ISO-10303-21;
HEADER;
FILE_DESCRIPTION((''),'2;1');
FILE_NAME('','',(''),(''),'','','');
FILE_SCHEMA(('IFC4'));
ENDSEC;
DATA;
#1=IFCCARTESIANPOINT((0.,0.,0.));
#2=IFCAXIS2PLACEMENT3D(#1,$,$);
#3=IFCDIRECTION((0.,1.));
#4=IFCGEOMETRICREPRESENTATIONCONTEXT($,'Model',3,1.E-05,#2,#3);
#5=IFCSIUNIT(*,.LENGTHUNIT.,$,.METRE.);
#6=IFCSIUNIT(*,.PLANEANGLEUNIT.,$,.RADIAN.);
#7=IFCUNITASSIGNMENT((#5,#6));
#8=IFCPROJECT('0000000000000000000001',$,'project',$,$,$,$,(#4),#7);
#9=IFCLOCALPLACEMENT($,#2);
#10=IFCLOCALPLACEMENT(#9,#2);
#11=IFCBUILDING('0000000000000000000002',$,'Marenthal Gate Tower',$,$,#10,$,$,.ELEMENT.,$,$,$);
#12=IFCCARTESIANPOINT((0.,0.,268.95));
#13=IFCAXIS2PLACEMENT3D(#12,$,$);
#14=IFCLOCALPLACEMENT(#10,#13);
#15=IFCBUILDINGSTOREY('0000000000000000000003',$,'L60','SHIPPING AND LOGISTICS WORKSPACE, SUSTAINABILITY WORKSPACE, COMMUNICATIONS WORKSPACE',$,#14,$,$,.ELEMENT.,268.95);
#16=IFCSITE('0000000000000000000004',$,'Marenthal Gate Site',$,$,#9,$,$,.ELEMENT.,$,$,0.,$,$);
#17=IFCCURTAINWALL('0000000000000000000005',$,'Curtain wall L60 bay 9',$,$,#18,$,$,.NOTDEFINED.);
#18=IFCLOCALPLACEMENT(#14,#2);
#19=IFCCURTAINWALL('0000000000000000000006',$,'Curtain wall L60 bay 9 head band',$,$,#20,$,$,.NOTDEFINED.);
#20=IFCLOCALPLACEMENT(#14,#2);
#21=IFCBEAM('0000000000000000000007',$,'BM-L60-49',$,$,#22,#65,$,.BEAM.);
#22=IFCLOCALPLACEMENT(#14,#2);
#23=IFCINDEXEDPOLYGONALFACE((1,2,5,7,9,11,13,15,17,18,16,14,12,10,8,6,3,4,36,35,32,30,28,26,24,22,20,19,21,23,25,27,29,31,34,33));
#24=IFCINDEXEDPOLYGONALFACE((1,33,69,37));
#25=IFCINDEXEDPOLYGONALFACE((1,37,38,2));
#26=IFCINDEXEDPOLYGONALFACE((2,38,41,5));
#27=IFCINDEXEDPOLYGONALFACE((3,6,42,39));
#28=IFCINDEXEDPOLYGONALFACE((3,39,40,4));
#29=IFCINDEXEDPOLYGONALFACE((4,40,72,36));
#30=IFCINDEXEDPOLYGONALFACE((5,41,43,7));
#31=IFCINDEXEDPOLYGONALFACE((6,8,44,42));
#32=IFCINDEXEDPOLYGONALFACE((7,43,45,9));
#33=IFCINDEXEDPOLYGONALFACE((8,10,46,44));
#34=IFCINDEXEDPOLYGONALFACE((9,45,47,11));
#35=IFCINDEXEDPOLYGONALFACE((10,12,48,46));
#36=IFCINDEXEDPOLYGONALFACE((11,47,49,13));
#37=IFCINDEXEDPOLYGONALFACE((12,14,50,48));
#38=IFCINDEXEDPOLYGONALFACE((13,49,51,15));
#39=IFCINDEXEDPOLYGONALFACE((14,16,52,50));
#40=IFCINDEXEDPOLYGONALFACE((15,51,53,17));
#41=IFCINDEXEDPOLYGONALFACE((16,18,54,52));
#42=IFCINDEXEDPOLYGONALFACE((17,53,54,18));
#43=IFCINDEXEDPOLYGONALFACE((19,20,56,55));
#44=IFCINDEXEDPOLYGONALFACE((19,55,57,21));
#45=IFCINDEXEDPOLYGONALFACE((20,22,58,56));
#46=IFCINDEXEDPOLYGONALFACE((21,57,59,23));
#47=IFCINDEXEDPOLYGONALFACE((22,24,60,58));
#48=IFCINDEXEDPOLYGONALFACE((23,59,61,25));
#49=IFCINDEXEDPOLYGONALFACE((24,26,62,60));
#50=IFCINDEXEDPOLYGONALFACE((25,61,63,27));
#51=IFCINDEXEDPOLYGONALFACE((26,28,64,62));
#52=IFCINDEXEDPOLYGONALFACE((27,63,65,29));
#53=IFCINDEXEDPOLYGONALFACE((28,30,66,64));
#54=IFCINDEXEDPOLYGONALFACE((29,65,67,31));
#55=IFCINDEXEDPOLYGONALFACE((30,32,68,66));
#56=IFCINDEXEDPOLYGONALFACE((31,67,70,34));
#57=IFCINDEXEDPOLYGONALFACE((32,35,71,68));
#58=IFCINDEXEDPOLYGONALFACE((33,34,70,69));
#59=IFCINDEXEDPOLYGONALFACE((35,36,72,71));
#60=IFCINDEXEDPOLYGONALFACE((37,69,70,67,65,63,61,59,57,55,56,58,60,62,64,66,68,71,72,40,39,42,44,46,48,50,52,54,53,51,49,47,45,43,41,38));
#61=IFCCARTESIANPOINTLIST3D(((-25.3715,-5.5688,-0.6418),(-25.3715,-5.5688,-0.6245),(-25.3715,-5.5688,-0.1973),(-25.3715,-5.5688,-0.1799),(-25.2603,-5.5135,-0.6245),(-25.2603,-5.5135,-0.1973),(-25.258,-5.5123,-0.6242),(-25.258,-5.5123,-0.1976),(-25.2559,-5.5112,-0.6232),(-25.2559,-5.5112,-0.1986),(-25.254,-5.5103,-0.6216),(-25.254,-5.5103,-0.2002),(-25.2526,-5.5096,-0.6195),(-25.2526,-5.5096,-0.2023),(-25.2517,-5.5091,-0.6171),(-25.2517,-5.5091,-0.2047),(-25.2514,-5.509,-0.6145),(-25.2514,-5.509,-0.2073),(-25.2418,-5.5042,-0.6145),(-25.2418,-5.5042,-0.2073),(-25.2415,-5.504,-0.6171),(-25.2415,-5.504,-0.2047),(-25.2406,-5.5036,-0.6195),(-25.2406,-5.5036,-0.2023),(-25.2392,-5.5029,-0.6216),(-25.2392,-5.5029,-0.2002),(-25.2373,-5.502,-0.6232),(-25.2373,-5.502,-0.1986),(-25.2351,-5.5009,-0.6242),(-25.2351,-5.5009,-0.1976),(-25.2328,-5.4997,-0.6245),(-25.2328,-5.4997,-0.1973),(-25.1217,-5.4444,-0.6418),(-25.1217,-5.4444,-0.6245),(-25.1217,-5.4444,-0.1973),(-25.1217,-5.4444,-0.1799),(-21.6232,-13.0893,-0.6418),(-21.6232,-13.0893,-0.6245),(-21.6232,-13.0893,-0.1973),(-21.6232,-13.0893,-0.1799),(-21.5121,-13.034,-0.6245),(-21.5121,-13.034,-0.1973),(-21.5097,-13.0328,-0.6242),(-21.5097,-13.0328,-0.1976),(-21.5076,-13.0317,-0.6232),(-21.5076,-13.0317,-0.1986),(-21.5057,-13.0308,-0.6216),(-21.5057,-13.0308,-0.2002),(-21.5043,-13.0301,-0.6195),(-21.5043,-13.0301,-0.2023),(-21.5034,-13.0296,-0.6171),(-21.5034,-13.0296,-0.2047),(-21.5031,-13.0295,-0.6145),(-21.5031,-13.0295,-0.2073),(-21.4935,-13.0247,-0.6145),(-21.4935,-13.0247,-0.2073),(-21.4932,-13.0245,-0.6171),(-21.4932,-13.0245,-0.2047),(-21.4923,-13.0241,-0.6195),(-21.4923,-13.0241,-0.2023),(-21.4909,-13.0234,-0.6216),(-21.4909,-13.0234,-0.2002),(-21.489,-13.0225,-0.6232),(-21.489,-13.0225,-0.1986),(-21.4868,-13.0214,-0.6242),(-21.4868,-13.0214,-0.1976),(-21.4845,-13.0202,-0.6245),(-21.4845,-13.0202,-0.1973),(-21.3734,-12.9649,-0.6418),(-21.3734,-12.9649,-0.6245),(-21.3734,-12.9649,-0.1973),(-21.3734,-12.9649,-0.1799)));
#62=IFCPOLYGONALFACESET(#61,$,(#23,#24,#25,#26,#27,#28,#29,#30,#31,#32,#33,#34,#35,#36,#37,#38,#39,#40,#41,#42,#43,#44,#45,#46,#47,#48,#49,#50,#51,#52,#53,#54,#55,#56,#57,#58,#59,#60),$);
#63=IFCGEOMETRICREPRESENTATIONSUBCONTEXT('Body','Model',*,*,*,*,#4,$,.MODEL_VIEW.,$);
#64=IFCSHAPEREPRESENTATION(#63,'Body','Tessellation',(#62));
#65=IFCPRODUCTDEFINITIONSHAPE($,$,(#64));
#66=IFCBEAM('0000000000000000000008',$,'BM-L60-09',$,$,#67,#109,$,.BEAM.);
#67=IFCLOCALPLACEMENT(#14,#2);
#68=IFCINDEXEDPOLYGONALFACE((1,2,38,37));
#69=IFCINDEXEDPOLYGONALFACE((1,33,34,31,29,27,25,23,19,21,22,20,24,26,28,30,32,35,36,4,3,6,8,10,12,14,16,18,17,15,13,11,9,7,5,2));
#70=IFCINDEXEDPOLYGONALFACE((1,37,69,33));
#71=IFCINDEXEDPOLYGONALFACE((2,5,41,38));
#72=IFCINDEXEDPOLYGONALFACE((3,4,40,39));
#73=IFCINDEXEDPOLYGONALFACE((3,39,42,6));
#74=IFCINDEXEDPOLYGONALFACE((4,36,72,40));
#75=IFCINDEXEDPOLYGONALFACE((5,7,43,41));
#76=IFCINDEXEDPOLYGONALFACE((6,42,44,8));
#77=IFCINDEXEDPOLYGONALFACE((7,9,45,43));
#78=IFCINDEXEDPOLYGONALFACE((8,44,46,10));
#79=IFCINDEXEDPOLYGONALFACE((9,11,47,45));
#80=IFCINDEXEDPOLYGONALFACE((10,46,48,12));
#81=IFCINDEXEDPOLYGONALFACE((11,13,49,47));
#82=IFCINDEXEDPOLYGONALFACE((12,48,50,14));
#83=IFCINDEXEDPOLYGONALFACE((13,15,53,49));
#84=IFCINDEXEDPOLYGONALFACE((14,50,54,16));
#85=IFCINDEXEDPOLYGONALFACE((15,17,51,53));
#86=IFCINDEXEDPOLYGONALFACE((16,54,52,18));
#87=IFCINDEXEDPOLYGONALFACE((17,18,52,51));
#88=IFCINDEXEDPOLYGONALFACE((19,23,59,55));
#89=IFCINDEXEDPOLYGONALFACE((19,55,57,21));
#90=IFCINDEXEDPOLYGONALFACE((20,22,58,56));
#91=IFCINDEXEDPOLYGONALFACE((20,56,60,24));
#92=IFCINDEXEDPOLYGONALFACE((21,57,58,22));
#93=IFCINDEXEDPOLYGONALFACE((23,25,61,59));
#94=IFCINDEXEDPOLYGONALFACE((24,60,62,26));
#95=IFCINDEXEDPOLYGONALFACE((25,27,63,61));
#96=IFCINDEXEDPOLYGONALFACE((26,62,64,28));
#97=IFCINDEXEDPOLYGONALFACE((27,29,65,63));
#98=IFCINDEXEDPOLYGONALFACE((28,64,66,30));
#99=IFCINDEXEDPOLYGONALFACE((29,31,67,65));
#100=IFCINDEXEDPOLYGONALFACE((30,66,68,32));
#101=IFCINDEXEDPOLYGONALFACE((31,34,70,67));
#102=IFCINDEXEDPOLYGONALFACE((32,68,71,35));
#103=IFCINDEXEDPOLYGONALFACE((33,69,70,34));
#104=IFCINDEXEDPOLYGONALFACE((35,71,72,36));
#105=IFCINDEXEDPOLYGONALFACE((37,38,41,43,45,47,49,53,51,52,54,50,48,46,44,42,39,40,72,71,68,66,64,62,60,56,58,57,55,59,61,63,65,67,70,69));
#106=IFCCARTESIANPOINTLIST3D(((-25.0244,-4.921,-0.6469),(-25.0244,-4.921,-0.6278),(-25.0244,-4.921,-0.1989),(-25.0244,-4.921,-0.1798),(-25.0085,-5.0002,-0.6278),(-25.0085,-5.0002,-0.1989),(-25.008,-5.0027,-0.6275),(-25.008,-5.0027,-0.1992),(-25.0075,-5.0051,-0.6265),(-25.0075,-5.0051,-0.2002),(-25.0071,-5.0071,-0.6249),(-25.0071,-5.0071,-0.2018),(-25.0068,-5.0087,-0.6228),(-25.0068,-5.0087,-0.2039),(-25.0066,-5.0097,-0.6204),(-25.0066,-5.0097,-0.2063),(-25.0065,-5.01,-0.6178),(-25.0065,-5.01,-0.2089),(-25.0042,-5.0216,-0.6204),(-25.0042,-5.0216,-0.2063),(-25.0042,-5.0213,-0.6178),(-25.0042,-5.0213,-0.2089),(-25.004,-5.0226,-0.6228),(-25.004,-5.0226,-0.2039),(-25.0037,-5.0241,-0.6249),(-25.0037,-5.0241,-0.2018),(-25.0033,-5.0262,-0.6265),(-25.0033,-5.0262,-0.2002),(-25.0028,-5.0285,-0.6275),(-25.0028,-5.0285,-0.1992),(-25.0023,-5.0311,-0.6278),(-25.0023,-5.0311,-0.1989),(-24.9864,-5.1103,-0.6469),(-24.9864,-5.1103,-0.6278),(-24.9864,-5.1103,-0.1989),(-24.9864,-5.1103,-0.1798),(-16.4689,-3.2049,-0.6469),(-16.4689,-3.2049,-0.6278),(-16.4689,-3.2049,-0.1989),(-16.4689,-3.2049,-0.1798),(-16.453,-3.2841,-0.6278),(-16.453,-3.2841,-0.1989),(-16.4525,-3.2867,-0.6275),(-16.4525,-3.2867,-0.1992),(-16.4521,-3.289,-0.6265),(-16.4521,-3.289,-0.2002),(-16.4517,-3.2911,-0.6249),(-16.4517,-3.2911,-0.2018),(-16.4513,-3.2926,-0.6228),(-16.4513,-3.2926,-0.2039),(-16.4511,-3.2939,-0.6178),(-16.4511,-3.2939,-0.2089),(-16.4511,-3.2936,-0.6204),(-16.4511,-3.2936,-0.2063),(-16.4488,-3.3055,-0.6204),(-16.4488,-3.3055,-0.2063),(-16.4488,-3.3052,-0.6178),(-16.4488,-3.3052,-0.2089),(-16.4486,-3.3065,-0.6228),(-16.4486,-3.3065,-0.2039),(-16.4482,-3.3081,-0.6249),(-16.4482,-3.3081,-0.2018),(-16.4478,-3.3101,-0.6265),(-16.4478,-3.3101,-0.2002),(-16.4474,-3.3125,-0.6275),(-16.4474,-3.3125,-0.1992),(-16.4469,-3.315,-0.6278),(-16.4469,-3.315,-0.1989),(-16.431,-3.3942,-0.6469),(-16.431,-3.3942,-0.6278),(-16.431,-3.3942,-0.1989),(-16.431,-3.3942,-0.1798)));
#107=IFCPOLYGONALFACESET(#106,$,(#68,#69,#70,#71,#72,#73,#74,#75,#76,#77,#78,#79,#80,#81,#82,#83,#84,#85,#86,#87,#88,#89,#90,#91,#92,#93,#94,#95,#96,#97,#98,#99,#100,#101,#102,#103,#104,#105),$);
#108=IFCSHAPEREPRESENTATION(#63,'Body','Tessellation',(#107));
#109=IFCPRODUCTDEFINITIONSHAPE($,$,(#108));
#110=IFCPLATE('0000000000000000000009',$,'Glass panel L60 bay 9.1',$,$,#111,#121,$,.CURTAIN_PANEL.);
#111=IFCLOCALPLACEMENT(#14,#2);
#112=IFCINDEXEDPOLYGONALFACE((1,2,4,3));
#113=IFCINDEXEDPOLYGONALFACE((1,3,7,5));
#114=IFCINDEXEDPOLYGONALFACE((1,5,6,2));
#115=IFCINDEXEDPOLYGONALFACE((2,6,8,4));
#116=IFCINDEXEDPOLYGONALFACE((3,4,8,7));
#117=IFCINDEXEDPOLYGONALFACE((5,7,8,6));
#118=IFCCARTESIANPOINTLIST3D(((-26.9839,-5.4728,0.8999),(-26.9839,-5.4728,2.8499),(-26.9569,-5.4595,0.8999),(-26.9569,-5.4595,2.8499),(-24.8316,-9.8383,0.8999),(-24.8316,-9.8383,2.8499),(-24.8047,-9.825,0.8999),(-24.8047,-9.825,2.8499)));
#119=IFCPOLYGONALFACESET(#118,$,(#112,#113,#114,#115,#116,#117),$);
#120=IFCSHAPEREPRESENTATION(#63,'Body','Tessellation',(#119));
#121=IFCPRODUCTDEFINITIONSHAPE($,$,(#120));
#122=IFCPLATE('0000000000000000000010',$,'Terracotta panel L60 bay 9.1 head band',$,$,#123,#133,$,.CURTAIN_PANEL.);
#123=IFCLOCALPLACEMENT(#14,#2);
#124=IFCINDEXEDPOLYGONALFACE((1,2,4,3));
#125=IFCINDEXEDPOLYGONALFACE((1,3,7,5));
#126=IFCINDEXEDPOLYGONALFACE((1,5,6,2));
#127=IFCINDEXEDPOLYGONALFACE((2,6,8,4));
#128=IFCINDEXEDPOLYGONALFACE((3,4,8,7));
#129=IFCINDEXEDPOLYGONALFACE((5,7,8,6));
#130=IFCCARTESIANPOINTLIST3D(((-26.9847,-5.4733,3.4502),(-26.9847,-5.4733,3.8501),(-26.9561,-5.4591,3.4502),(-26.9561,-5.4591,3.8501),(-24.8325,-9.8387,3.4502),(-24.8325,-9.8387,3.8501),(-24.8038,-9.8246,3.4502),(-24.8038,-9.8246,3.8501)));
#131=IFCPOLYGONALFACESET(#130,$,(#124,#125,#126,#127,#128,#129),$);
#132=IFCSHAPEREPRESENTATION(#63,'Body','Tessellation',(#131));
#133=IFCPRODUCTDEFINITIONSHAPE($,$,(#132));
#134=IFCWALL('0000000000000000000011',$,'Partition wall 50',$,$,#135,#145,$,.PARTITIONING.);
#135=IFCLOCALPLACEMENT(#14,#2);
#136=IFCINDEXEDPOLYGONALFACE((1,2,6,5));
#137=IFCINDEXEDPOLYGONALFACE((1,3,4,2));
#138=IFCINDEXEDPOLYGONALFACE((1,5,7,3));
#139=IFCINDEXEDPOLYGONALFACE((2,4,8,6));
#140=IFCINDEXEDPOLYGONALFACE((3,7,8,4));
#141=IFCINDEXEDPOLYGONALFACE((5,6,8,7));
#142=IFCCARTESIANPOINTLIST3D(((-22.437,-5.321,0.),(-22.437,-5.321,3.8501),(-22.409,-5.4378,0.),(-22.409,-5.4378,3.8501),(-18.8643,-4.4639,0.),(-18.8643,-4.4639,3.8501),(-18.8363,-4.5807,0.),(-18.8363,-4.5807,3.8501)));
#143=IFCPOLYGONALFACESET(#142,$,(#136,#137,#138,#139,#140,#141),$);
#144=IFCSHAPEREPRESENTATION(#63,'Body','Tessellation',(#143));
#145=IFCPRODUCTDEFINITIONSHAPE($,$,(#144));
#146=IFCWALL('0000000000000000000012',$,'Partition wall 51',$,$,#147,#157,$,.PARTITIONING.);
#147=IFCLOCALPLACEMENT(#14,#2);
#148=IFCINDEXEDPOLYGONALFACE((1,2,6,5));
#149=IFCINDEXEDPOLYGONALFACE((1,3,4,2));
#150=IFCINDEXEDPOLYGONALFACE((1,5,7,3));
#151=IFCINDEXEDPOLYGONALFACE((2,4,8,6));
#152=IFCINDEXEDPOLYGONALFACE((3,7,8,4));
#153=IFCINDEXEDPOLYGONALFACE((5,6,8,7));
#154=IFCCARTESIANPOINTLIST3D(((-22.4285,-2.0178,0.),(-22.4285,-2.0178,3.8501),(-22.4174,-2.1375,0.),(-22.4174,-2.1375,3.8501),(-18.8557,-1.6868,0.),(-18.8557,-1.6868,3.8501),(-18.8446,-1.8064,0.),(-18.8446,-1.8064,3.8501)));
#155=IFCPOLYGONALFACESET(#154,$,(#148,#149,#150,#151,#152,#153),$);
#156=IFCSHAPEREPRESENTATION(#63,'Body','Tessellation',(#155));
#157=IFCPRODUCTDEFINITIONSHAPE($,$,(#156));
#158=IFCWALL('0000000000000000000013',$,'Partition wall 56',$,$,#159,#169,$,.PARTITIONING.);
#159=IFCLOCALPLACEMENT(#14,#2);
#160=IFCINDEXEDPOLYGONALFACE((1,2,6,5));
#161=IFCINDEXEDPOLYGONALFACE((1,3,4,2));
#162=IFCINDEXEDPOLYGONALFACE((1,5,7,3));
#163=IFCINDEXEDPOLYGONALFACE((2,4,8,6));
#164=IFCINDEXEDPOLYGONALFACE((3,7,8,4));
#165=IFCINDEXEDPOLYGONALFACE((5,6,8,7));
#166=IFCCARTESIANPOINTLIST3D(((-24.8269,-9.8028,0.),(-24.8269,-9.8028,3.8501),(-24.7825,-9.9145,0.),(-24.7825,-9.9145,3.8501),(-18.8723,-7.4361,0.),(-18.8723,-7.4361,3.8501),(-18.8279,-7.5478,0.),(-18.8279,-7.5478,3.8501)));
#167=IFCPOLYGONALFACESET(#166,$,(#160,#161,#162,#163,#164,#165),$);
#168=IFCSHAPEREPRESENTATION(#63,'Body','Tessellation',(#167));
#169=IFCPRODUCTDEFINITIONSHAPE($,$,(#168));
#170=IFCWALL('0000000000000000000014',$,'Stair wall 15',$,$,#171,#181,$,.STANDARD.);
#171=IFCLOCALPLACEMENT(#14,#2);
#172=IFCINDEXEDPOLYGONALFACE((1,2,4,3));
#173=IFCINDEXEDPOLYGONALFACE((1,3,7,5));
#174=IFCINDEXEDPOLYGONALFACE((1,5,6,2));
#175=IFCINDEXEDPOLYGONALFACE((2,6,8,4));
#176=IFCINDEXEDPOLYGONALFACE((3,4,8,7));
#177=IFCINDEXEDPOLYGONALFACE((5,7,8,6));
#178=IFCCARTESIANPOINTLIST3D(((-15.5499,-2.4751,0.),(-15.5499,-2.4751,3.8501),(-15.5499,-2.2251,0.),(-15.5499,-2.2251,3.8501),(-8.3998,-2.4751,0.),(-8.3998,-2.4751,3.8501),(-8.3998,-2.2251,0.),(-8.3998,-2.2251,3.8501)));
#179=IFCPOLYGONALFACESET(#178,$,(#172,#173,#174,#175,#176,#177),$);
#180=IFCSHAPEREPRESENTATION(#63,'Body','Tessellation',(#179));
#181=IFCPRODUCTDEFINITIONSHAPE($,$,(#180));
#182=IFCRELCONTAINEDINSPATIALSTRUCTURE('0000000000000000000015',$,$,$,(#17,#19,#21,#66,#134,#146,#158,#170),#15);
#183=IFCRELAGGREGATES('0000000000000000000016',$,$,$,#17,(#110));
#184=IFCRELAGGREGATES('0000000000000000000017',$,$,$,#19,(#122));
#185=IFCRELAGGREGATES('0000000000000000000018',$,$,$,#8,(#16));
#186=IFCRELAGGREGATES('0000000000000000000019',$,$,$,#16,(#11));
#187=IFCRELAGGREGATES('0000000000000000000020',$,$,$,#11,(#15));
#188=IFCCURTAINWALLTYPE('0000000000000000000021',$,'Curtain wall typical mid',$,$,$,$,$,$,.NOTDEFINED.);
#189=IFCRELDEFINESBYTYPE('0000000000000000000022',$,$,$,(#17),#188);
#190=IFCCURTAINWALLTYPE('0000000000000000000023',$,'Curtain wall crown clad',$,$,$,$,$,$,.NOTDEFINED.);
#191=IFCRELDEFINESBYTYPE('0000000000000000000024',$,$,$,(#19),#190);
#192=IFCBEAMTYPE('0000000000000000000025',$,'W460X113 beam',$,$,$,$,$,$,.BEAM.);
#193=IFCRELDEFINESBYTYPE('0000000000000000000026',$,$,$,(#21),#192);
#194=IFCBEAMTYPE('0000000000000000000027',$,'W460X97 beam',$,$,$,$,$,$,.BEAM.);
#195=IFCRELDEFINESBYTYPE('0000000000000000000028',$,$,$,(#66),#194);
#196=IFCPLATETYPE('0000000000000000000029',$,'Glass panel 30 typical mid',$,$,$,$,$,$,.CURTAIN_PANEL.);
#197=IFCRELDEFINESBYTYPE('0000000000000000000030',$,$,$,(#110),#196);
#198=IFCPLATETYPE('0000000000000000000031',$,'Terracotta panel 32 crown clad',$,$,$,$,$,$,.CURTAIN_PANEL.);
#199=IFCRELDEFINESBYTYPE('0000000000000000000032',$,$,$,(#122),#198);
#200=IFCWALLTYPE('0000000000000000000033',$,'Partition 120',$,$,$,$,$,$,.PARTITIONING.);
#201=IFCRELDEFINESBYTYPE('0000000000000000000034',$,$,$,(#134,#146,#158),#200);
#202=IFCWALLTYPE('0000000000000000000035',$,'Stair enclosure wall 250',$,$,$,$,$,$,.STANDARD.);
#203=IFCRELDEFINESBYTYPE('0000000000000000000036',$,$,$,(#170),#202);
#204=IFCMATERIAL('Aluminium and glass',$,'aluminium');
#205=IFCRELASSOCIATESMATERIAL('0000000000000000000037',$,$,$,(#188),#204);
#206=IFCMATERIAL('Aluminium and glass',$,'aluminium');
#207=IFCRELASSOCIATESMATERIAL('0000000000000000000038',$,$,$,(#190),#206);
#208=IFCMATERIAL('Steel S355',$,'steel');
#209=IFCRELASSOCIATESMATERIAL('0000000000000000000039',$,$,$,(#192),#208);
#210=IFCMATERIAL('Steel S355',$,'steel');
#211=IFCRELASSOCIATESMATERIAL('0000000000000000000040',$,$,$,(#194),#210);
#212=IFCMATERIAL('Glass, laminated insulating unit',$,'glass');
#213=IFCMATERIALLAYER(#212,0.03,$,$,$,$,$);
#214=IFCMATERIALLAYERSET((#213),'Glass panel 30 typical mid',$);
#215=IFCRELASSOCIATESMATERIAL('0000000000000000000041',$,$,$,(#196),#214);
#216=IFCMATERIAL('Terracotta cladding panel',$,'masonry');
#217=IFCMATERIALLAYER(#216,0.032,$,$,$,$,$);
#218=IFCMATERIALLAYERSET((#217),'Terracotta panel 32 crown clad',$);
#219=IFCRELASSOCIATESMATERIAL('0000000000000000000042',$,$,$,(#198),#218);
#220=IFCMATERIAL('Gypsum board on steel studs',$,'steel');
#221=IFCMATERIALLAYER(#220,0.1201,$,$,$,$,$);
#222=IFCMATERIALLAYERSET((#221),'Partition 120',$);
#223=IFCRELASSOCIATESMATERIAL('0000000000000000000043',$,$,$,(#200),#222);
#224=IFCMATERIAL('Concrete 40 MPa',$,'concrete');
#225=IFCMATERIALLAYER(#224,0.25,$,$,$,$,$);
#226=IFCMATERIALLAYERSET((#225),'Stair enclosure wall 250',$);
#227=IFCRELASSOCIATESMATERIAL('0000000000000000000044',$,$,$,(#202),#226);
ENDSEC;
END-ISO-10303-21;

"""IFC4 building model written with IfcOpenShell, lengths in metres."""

from ifc_helpers import new_model, si_unit, direction, frame, frame_2d, origin, origin_2d, place, context, subcontext, project, spatial, rectangle, i_section, extrude, material, layer, layer_set, material_profile, profile_set, type_object, element, aggregate, save


model = new_model("IFC4")

# Units and contexts
model_context = context("Model", 3, precision=1e-05, world=origin(), true_north=direction((0.0, 1.0)))
body_context = subcontext(model_context, "Body", "Model", "MODEL_VIEW")
ifc_project = project(units=[si_unit("LENGTHUNIT", "METRE"), si_unit("PLANEANGLEUNIT", "RADIAN")], contexts=[model_context])

# Site, building, storey
site_placement = place(None, origin())
site = spatial("IfcSite", under=ifc_project, at=site_placement, Name="Marenthal Gate Site", CompositionType="ELEMENT", RefElevation=0.0)
building_placement = place(site_placement, origin())
building = spatial("IfcBuilding", under=site, at=building_placement, Name="Marenthal Gate Tower", CompositionType="ELEMENT")
storey_placement = place(building_placement, frame((0.0, 0.0, 268.95)))
storey = spatial("IfcBuildingStorey", under=building, at=storey_placement, Name="L60", Description="SHIPPING AND LOGISTICS WORKSPACE, SUSTAINABILITY WORKSPACE, COMMUNICATIONS WORKSPACE", CompositionType="ELEMENT", Elevation=268.95)

# Curtain wall
ifc_material_1 = material(Name="Aluminium and glass", Category="aluminium")
curtain_wall_type_1 = type_object("IfcCurtainWallType", Name="Curtain wall typical mid", PredefinedType="NOTDEFINED", material=ifc_material_1)
curtain_wall_1_placement = place(storey_placement, origin())
curtain_wall_1 = element("IfcCurtainWall", 1, at=curtain_wall_1_placement, inside=storey, type_object=curtain_wall_type_1, Name="Curtain wall L60 bay 9", PredefinedType="NOTDEFINED")

# Curtain wall
ifc_material_2 = material(Name="Aluminium and glass", Category="aluminium")
curtain_wall_type_2 = type_object("IfcCurtainWallType", Name="Curtain wall crown clad", PredefinedType="NOTDEFINED", material=ifc_material_2)
curtain_wall_2_placement = place(storey_placement, origin())
curtain_wall_2 = element("IfcCurtainWall", 2, at=curtain_wall_2_placement, inside=storey, type_object=curtain_wall_type_2, Name="Curtain wall L60 bay 9 head band", PredefinedType="NOTDEFINED")

# Beams
ifc_material_3 = material(Name="Steel S355", Category="steel")
ifc_material_profile_1 = material_profile(ifc_material_3, i_section(OverallWidth=0.2791, OverallDepth=0.4619, WebThickness=0.0107, FlangeThickness=0.0173, FilletRadius=0.01, at=origin_2d()), Name="W460X113")
ifc_profile_set_1 = profile_set([ifc_material_profile_1], Name="Steel S355")
beam_type_1 = type_object("IfcBeamType", Name="W460X113 beam", PredefinedType="BEAM", material=ifc_profile_set_1)
beam_1_placement = place(storey_placement, frame((-25.2466, -5.5066, -0.4109), z_axis=(0.446074, -0.894996, 0.0), x_axis=(0.894996, 0.446074, 0.0)))
element("IfcBeam", 3, at=beam_1_placement, inside=storey, type_object=beam_type_1, Name="BM-L60-49", PredefinedType="BEAM", context=body_context, shape_type="SweptSolid", body=[
    extrude(i_section(OverallWidth=0.2791, OverallDepth=0.4619, WebThickness=0.0107, FlangeThickness=0.0173, FilletRadius=0.01, at=origin_2d()), origin(), (0.0, 0.0, 1.0), 8.4028),
])
ifc_material_4 = material(Name="Steel S355", Category="steel")
ifc_material_profile_2 = material_profile(ifc_material_4, i_section(OverallWidth=0.1931, OverallDepth=0.467, WebThickness=0.0115, FlangeThickness=0.019, FilletRadius=0.01, at=origin_2d()), Name="W460X97")
ifc_profile_set_2 = profile_set([ifc_material_profile_2], Name="Steel S355")
beam_type_2 = type_object("IfcBeamType", Name="W460X97 beam", PredefinedType="BEAM", material=ifc_profile_set_2)
beam_2_placement = place(storey_placement, frame((-25.0054, -5.0156, -0.4133), z_axis=(0.980471, 0.196665, 0.0), x_axis=(-0.196665, 0.980471, 0.0)))
element("IfcBeam", 4, at=beam_2_placement, inside=storey, type_object=beam_type_2, Name="BM-L60-09", PredefinedType="BEAM", context=body_context, shape_type="SweptSolid", body=[
    extrude(i_section(OverallWidth=0.1931, OverallDepth=0.467, WebThickness=0.0115, FlangeThickness=0.019, FilletRadius=0.01, at=origin_2d()), origin(), (0.0, 0.0, 1.0), 8.7258),
])

# Plates
ifc_material_5 = material(Name="Glass, laminated insulating unit", Category="glass")
ifc_layer_1 = layer(ifc_material_5, 0.03)
ifc_layer_set_1 = layer_set([ifc_layer_1], Name="Glass panel 30 typical mid")
plate_type_1 = type_object("IfcPlateType", Name="Glass panel 30 typical mid", PredefinedType="CURTAIN_PANEL", material=ifc_layer_set_1)
plate_1_placement = place(storey_placement, frame((-25.8943, -7.6489, 0.8999), z_axis=(0.0, 0.0, 1.0), x_axis=(0.442192, -0.896921, 0.0)))
plate_1 = element("IfcPlate", 5, at=plate_1_placement, type_object=plate_type_1, Name="Glass panel L60 bay 9.1", PredefinedType="CURTAIN_PANEL", context=body_context, shape_type="SweptSolid", body=[
    extrude(rectangle(XDim=4.8672, YDim=0.03, at=origin_2d()), origin(), (0.0, 0.0, 1.0), 1.95),
])
aggregate(curtain_wall_1, [plate_1])
ifc_material_6 = material(Name="Terracotta cladding panel", Category="masonry")
ifc_layer_2 = layer(ifc_material_6, 0.032)
ifc_layer_set_2 = layer_set([ifc_layer_2], Name="Terracotta panel 32 crown clad")
plate_type_2 = type_object("IfcPlateType", Name="Terracotta panel 32 crown clad", PredefinedType="CURTAIN_PANEL", material=ifc_layer_set_2)
plate_2_placement = place(storey_placement, frame((-25.8943, -7.6489, 3.4502), z_axis=(0.0, 0.0, 1.0), x_axis=(0.442192, -0.896921, 0.0)))
plate_2 = element("IfcPlate", 6, at=plate_2_placement, type_object=plate_type_2, Name="Terracotta panel L60 bay 9.1 head band", PredefinedType="CURTAIN_PANEL", context=body_context, shape_type="SweptSolid", body=[
    extrude(rectangle(XDim=4.8672, YDim=0.032, at=origin_2d()), origin(), (0.0, 0.0, 1.0), 0.3999),
])
aggregate(curtain_wall_2, [plate_2])

# Walls
ifc_material_7 = material(Name="Gypsum board on steel studs", Category="steel")
ifc_layer_3 = layer(ifc_material_7, 0.1201)
ifc_layer_set_3 = layer_set([ifc_layer_3], Name="Partition 120")
wall_type_1 = type_object("IfcWallType", Name="Partition 120", PredefinedType="PARTITIONING", material=ifc_layer_set_3)
wall_1_placement = place(storey_placement, frame((-22.4229, -5.3794, 0.0), z_axis=(0.0, 0.0, 1.0), x_axis=(0.972405, 0.2333, 0.0)))
element("IfcWall", 7, at=wall_1_placement, inside=storey, type_object=wall_type_1, Name="Partition wall 50", PredefinedType="PARTITIONING", context=body_context, shape_type="SweptSolid", body=[
    extrude(rectangle(XDim=3.6741, YDim=0.1201, at=frame_2d((1.8369, 0.0))), origin(), (0.0, 0.0, 1.0), 3.8501),
])
wall_2_placement = place(storey_placement, frame((-22.4229, -2.0776, 0.0), z_axis=(0.0, 0.0, 1.0), x_axis=(0.995734, 0.092266, 0.0)))
element("IfcWall", 8, at=wall_2_placement, inside=storey, type_object=wall_type_1, Name="Partition wall 51", PredefinedType="PARTITIONING", context=body_context, shape_type="SweptSolid", body=[
    extrude(rectangle(XDim=3.5881, YDim=0.1201, at=frame_2d((1.7939, 0.0))), origin(), (0.0, 0.0, 1.0), 3.8501),
])
wall_3_placement = place(storey_placement, frame((-18.8501, -7.4919, 0.0), z_axis=(0.0, 0.0, 1.0), x_axis=(-0.929289, -0.369353, 0.0)))
element("IfcWall", 9, at=wall_3_placement, inside=storey, type_object=wall_type_1, Name="Partition wall 56", PredefinedType="PARTITIONING", context=body_context, shape_type="SweptSolid", body=[
    extrude(rectangle(XDim=6.4077, YDim=0.1201, at=frame_2d((3.2039, 0.0))), origin(), (0.0, 0.0, 1.0), 3.8501),
])
ifc_material_8 = material(Name="Concrete 40 MPa", Category="concrete")
ifc_layer_4 = layer(ifc_material_8, 0.25)
ifc_layer_set_4 = layer_set([ifc_layer_4], Name="Stair enclosure wall 250")
wall_type_2 = type_object("IfcWallType", Name="Stair enclosure wall 250", PredefinedType="STANDARD", material=ifc_layer_set_4)
wall_4_placement = place(storey_placement, frame((-15.55, -2.3501, 0.0), z_axis=(0.0, 0.0, 1.0), x_axis=(1.0, 0.0, 0.0)))
element("IfcWall", 10, at=wall_4_placement, inside=storey, type_object=wall_type_2, Name="Stair wall 15", PredefinedType="STANDARD", context=body_context, shape_type="SweptSolid", body=[
    extrude(rectangle(XDim=7.1501, YDim=0.25, at=frame_2d((3.5752, 0.0))), origin(), (0.0, 0.0, 1.0), 3.8501),
])

save(model, "model.ifc")
